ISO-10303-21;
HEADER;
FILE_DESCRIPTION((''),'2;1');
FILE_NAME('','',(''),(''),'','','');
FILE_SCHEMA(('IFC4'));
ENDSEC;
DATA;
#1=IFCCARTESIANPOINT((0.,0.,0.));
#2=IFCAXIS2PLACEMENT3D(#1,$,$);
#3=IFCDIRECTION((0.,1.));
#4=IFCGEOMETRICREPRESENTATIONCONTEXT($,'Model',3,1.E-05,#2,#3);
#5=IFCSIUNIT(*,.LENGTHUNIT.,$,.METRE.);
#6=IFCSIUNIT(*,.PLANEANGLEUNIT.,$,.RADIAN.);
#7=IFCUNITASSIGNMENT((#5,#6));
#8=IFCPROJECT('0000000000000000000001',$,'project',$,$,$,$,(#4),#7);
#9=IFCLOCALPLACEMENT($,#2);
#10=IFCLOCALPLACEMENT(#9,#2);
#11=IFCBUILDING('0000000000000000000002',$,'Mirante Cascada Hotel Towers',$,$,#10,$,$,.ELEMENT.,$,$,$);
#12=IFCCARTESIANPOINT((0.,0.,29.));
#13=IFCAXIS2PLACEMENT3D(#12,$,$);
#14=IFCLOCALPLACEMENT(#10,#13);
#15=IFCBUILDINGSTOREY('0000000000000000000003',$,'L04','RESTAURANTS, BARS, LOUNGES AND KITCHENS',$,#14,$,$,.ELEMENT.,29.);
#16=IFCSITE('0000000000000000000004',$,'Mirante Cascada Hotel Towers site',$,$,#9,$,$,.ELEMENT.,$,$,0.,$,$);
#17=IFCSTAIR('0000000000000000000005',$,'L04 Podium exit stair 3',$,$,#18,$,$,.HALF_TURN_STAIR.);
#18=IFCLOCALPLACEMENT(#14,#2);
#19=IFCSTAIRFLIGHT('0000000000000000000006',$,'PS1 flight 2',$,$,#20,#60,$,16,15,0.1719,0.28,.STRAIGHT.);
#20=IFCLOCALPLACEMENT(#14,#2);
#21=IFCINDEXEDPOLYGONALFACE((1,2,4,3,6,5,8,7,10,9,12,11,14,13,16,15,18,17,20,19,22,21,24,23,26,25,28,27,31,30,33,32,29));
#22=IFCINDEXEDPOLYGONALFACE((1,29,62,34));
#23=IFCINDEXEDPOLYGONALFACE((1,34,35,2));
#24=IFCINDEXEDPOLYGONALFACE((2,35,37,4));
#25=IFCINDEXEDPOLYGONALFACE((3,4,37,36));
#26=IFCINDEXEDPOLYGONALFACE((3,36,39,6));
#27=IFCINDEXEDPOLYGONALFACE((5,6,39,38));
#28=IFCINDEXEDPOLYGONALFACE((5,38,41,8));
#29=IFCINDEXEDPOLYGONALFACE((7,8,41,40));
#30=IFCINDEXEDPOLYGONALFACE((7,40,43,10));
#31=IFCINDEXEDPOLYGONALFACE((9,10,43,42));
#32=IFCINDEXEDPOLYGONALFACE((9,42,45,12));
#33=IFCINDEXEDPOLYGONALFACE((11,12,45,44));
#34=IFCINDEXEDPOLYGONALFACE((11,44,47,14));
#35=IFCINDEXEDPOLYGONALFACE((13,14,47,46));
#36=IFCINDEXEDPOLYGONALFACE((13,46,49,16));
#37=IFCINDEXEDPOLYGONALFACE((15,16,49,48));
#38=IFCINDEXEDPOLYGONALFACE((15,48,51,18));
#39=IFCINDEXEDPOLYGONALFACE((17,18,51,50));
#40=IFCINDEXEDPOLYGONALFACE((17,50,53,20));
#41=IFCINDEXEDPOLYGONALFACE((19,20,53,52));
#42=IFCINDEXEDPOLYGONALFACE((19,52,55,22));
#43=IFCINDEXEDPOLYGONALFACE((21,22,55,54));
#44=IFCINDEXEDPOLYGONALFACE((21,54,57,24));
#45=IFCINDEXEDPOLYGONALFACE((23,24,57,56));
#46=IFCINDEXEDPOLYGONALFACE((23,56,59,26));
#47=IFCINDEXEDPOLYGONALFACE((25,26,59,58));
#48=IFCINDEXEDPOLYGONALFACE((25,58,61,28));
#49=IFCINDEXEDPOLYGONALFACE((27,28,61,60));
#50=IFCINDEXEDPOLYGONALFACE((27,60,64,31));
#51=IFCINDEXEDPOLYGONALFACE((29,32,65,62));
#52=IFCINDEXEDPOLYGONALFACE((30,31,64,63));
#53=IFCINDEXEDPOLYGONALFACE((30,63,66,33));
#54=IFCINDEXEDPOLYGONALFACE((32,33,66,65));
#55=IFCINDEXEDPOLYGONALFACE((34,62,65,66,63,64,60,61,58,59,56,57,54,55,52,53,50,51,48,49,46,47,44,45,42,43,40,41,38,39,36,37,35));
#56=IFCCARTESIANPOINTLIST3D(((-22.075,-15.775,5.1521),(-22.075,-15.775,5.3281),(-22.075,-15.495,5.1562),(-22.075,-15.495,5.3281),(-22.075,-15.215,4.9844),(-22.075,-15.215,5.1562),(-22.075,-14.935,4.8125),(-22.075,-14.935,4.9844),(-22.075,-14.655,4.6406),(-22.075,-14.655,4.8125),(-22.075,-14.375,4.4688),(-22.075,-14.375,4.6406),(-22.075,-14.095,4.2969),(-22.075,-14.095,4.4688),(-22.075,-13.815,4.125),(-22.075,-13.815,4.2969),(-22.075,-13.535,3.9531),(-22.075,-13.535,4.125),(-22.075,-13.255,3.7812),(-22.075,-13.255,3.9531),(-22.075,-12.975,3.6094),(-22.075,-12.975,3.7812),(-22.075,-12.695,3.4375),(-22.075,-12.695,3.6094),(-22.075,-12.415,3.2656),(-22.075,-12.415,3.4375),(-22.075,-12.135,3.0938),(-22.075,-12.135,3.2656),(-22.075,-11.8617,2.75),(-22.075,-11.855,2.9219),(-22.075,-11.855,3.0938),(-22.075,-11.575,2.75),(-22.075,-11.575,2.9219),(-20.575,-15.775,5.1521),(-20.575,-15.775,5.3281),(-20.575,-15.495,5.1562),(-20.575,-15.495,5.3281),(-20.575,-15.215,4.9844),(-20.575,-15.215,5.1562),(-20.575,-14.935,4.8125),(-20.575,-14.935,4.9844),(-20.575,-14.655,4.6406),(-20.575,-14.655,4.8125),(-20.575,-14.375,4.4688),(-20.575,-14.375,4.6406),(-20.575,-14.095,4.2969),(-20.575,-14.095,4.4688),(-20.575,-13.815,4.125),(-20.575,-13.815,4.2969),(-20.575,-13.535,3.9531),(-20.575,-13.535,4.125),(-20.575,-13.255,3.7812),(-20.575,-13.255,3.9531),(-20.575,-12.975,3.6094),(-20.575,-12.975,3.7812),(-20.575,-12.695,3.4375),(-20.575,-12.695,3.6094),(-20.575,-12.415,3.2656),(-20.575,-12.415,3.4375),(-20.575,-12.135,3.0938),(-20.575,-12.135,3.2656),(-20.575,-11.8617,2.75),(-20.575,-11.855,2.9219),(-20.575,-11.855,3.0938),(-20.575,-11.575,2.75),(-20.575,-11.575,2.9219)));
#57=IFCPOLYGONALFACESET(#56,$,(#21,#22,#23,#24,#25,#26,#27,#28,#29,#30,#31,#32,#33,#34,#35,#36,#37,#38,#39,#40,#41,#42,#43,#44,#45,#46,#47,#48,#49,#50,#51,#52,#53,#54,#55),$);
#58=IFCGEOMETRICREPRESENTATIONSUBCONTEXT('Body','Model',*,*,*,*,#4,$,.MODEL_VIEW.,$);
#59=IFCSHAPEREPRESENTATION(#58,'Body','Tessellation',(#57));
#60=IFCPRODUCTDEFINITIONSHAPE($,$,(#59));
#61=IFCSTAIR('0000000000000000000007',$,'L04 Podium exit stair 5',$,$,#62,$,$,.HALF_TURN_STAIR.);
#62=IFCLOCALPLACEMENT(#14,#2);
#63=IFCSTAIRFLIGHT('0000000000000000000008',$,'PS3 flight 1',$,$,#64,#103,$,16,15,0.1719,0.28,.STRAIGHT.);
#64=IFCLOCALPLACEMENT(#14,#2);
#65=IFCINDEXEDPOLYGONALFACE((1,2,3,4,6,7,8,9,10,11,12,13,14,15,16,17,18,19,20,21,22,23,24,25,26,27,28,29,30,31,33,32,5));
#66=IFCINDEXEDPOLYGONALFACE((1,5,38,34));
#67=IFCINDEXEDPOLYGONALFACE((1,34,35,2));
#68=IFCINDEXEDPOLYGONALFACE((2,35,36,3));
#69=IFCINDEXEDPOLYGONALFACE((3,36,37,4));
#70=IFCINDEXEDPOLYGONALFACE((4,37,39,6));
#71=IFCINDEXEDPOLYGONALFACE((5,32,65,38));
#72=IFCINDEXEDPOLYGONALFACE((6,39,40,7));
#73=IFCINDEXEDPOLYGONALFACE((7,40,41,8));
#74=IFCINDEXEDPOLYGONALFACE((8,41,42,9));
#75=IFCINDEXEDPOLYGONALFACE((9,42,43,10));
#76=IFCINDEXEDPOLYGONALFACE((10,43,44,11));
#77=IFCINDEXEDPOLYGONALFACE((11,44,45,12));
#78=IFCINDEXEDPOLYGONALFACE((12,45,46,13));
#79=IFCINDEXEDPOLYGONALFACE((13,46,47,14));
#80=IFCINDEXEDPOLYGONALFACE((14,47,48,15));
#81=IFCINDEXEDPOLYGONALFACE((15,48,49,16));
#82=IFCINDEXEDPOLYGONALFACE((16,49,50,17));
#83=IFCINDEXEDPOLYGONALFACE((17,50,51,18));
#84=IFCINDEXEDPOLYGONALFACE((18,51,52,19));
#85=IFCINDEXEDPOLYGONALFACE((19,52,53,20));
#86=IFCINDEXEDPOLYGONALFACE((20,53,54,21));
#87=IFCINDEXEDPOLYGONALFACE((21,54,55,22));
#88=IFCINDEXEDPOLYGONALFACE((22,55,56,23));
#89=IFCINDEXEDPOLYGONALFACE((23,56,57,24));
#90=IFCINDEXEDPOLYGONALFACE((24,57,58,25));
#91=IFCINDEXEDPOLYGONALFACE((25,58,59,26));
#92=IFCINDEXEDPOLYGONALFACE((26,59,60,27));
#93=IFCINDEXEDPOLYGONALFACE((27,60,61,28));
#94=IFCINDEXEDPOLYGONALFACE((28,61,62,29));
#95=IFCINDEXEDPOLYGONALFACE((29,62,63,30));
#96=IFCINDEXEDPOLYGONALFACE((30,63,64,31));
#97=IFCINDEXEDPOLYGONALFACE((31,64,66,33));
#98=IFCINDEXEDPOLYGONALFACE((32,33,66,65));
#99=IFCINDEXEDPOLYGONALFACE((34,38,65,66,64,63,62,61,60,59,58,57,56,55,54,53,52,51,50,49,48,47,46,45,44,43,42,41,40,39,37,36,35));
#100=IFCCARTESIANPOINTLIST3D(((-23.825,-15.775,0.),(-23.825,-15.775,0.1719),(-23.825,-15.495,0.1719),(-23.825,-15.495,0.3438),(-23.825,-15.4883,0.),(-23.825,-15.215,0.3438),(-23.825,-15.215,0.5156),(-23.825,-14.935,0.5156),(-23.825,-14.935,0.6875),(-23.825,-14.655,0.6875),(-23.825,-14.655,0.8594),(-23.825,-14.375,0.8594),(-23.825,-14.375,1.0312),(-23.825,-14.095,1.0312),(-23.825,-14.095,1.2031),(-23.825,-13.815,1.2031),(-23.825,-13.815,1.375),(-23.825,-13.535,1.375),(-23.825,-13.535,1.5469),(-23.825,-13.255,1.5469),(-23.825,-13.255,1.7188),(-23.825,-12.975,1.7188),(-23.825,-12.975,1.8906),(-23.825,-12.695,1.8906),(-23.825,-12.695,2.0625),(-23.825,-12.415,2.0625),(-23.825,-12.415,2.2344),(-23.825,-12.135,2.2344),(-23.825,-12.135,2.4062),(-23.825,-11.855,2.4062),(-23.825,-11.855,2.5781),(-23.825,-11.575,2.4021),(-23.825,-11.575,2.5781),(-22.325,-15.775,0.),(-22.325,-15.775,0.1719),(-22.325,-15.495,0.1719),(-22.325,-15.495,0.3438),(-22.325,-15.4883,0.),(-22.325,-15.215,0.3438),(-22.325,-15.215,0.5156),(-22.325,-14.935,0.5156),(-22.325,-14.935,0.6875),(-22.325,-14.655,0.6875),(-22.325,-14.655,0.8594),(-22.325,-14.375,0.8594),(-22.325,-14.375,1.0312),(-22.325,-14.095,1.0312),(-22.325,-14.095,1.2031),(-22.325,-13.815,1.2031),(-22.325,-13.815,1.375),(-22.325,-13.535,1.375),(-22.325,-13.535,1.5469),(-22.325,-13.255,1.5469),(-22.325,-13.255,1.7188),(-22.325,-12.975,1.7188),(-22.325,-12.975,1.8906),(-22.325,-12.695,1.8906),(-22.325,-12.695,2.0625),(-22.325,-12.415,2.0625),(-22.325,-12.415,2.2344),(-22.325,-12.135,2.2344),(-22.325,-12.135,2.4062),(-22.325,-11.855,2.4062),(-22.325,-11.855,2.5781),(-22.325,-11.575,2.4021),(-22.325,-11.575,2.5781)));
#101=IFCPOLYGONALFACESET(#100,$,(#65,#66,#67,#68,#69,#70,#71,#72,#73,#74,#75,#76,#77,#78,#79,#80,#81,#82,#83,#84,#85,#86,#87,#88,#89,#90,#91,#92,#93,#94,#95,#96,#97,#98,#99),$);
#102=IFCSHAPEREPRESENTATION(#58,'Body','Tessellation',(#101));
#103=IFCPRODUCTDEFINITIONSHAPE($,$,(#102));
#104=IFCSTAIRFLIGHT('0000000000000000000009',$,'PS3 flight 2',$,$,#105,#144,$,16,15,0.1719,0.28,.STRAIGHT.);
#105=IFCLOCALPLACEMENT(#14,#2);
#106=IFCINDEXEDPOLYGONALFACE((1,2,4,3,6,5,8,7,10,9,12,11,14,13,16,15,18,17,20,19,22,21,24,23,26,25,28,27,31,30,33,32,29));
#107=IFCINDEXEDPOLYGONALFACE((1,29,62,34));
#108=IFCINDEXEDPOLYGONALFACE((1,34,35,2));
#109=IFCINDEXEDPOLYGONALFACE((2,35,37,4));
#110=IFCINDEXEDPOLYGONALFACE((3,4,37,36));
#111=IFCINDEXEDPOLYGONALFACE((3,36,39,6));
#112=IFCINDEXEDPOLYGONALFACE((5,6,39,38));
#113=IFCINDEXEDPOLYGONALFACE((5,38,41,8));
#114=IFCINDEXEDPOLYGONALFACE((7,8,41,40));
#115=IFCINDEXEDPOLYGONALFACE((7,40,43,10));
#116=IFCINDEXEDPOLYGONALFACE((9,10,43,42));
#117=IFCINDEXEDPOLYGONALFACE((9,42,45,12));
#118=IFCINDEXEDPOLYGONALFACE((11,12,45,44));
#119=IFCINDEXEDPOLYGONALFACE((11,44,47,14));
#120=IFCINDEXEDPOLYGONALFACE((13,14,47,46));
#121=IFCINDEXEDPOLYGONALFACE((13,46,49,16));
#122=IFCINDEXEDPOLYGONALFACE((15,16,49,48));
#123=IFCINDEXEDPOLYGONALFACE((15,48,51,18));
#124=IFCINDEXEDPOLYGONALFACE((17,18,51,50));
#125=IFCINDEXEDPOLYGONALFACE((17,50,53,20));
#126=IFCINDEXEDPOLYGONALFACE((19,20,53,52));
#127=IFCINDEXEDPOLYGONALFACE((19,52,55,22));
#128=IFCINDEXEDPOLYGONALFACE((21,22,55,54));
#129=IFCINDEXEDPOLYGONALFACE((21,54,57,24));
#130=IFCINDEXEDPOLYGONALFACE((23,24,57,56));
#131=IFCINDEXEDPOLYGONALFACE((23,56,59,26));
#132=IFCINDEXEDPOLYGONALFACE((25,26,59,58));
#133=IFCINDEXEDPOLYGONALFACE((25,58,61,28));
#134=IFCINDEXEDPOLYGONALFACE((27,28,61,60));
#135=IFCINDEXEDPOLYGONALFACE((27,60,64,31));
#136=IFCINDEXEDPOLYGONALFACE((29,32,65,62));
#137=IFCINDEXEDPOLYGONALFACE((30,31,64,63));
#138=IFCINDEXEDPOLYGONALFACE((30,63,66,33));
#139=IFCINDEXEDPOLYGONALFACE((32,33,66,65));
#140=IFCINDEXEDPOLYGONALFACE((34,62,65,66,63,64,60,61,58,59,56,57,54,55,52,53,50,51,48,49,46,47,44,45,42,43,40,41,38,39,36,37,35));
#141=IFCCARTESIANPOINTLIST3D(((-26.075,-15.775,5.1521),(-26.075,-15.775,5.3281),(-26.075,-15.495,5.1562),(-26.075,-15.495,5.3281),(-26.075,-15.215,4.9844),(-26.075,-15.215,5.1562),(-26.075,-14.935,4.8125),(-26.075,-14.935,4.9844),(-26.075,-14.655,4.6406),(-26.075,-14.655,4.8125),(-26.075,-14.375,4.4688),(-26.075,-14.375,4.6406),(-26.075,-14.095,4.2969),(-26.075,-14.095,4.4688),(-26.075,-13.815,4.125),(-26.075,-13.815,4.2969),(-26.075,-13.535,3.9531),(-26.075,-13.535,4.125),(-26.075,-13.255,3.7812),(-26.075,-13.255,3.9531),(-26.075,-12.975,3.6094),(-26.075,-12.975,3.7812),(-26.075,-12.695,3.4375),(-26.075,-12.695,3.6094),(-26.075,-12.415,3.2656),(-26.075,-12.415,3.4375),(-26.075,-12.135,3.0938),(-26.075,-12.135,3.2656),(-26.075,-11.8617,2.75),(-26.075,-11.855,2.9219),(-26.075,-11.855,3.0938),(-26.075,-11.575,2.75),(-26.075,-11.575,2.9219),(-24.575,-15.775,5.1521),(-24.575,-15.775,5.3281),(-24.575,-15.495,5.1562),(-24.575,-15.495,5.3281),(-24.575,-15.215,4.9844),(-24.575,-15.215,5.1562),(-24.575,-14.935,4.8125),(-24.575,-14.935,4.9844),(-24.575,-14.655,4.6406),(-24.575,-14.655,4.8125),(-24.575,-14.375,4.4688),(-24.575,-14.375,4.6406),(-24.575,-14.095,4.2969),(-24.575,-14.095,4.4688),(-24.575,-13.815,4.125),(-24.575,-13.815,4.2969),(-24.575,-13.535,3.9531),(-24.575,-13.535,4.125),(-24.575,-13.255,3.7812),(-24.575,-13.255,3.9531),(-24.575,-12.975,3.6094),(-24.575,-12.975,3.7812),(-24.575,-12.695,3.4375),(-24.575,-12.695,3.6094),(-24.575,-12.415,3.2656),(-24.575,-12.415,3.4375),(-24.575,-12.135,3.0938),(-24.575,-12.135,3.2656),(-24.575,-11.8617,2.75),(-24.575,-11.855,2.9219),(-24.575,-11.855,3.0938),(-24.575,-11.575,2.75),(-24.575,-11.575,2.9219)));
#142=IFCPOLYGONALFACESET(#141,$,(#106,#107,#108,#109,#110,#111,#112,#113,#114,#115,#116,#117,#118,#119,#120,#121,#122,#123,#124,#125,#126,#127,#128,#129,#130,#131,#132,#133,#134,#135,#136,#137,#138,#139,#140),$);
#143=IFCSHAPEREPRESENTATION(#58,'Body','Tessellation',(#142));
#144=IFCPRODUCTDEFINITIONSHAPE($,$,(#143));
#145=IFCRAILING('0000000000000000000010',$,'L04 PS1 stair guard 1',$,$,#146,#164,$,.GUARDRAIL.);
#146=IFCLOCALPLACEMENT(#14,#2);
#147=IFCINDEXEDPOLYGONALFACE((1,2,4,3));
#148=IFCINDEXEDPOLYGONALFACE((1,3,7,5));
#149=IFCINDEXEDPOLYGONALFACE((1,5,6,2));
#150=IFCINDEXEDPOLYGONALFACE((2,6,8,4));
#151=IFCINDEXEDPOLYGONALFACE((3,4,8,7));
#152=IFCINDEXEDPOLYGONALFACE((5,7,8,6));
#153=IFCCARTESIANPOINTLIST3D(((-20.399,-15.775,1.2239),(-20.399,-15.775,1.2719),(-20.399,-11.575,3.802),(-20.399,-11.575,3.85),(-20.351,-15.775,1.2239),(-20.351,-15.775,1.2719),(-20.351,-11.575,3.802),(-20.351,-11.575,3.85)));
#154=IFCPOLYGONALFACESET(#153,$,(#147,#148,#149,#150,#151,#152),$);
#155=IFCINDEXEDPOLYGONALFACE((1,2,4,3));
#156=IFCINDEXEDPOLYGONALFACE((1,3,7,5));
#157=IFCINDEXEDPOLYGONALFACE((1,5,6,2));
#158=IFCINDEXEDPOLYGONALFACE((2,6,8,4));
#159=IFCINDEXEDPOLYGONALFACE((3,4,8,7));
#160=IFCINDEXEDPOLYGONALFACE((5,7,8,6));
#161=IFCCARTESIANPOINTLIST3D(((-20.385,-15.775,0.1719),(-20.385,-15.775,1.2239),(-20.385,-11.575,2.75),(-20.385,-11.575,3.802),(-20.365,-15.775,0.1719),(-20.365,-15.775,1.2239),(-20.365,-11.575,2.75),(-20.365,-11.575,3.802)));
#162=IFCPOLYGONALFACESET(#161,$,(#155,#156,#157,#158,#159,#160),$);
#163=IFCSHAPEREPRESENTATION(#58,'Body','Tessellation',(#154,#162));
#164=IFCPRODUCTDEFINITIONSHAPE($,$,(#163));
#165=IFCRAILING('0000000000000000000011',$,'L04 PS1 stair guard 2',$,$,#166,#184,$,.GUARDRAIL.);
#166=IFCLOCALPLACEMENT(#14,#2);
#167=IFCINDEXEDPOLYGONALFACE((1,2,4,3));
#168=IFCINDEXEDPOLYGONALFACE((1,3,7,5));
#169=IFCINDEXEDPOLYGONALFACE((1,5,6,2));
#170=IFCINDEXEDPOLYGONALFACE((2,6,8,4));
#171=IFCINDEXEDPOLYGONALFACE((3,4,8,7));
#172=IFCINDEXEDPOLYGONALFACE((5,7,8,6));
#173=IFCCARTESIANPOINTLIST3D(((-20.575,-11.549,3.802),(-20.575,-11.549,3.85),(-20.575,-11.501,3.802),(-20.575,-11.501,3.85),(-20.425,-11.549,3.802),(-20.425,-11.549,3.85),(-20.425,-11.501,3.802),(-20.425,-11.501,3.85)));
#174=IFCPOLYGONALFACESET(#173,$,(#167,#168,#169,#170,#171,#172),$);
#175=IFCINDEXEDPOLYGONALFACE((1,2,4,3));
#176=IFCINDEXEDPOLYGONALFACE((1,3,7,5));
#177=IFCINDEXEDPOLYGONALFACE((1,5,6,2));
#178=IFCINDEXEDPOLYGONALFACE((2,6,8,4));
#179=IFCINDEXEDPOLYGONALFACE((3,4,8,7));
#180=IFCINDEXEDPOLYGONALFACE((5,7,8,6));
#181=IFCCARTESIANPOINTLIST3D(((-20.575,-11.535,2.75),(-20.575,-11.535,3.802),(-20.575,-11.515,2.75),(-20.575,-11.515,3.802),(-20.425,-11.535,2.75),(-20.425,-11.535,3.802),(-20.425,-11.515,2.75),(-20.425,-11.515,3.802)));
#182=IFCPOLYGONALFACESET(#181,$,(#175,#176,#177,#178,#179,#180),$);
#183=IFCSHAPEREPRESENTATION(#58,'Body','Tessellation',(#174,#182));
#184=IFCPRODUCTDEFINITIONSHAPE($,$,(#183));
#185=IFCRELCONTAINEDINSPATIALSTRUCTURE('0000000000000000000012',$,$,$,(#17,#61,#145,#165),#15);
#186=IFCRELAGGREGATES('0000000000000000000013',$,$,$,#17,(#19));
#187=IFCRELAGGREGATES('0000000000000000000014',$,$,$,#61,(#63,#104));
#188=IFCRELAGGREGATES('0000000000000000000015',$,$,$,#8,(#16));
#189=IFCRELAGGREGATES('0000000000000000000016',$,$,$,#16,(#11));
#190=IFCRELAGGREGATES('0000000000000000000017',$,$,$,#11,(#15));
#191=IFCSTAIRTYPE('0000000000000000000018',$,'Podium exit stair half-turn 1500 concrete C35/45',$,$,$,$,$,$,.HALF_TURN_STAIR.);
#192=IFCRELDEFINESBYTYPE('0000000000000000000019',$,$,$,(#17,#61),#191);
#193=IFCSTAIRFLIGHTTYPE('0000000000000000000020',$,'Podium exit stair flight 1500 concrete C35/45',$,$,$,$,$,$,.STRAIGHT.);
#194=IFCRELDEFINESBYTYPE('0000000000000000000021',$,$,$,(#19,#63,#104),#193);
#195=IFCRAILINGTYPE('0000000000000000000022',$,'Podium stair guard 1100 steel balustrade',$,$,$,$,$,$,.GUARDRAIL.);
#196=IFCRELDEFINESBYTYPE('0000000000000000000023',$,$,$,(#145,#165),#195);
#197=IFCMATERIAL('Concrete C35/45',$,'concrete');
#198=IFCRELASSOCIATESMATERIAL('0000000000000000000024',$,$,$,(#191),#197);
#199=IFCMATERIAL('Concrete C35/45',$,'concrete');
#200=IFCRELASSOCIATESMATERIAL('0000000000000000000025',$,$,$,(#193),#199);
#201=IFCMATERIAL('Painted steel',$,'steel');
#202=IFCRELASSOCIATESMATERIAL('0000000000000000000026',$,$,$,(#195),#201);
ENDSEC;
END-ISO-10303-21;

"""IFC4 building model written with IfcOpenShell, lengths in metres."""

from ifc_helpers import new_model, si_unit, direction, frame, origin, origin_2d, place, context, subcontext, project, spatial, polyline, rectangle, outline, extrude, material, type_object, element, aggregate, save


model = new_model("IFC4")

# Units and contexts
model_context = context("Model", 3, precision=1e-05, world=origin(), true_north=direction((0.0, 1.0)))
body_context = subcontext(model_context, "Body", "Model", "MODEL_VIEW")
ifc_project = project(units=[si_unit("LENGTHUNIT", "METRE"), si_unit("PLANEANGLEUNIT", "RADIAN")], contexts=[model_context])

# Site, building, storey
site_placement = place(None, origin())
site = spatial("IfcSite", under=ifc_project, at=site_placement, Name="Mirante Cascada Hotel Towers site", CompositionType="ELEMENT", RefElevation=0.0)
building_placement = place(site_placement, origin())
building = spatial("IfcBuilding", under=site, at=building_placement, Name="Mirante Cascada Hotel Towers", CompositionType="ELEMENT")
storey_placement = place(building_placement, frame((0.0, 0.0, 29.0)))
storey = spatial("IfcBuildingStorey", under=building, at=storey_placement, Name="L04", Description="RESTAURANTS, BARS, LOUNGES AND KITCHENS", CompositionType="ELEMENT", Elevation=29.0)

# Stairs, stair flights
ifc_material_1 = material(Name="Concrete C35/45", Category="concrete")
stair_type = type_object("IfcStairType", Name="Podium exit stair half-turn 1500 concrete C35/45", PredefinedType="HALF_TURN_STAIR", material=ifc_material_1)
stair_1_placement = place(storey_placement, origin())
stair_1 = element("IfcStair", 1, at=stair_1_placement, inside=storey, type_object=stair_type, Name="L04 Podium exit stair 3", PredefinedType="HALF_TURN_STAIR")
ifc_material_2 = material(Name="Concrete C35/45", Category="concrete")
stair_flight_type = type_object("IfcStairFlightType", Name="Podium exit stair flight 1500 concrete C35/45", PredefinedType="STRAIGHT", material=ifc_material_2)
stair_flight_1_placement = place(storey_placement, frame((-21.325, -11.575, 2.75), z_axis=(0.0, 0.0, 1.0), x_axis=(0.0, -1.0, 0.0)))
stair_flight_1 = element("IfcStairFlight", 2, at=stair_flight_1_placement, type_object=stair_flight_type, Name="PS1 flight 2", NumberOfRisers=16, NumberOfTreads=15, PredefinedType="STRAIGHT", RiserHeight=0.1719, TreadLength=0.28, context=body_context, shape_type="SweptSolid", body=[
    extrude(outline(polyline([(0.0, 0.0), (0.0, 0.1719), (0.28, 0.1719), (0.28, 0.3438), (0.56, 0.3438), (0.56, 0.5156), (0.84, 0.5156), (0.84, 0.6875), (1.12, 0.6875), (1.12, 0.8594), (1.4, 0.8594), (1.4, 1.0312), (1.68, 1.0312), (1.68, 1.2031), (1.96, 1.2031), (1.96, 1.375), (2.24, 1.375), (2.24, 1.5469), (2.52, 1.5469), (2.52, 1.7188), (2.8, 1.7188), (2.8, 1.8906), (3.08, 1.8906), (3.08, 2.0625), (3.36, 2.0625), (3.36, 2.2344), (3.64, 2.2344), (3.64, 2.4062), (3.92, 2.4062), (3.92, 2.5781), (4.2, 2.5781), (4.2, 2.75), (4.2, 2.4021), (0.2867, 0.0), (0.0, 0.0)])), frame((0.0, 0.75, 0.0), z_axis=(0.0, -1.0, 0.0), x_axis=(1.0, 0.0, 0.0)), (0.0, 0.0, 1.0), 1.5),
])
aggregate(stair_1, [stair_flight_1])
stair_2_placement = place(storey_placement, origin())
stair_2 = element("IfcStair", 3, at=stair_2_placement, inside=storey, type_object=stair_type, Name="L04 Podium exit stair 5", PredefinedType="HALF_TURN_STAIR")
stair_flight_2_placement = place(storey_placement, frame((-23.075, -15.775, 0.0), z_axis=(0.0, 0.0, 1.0), x_axis=(0.0, 1.0, 0.0)))
stair_flight_2 = element("IfcStairFlight", 4, at=stair_flight_2_placement, type_object=stair_flight_type, Name="PS3 flight 1", NumberOfRisers=16, NumberOfTreads=15, PredefinedType="STRAIGHT", RiserHeight=0.1719, TreadLength=0.28, context=body_context, shape_type="SweptSolid", body=[
    extrude(outline(polyline([(0.0, 0.0), (0.0, 0.1719), (0.28, 0.1719), (0.28, 0.3438), (0.56, 0.3438), (0.56, 0.5156), (0.84, 0.5156), (0.84, 0.6875), (1.12, 0.6875), (1.12, 0.8594), (1.4, 0.8594), (1.4, 1.0312), (1.68, 1.0312), (1.68, 1.2031), (1.96, 1.2031), (1.96, 1.375), (2.24, 1.375), (2.24, 1.5469), (2.52, 1.5469), (2.52, 1.7188), (2.8, 1.7188), (2.8, 1.8906), (3.08, 1.8906), (3.08, 2.0625), (3.36, 2.0625), (3.36, 2.2344), (3.64, 2.2344), (3.64, 2.4062), (3.92, 2.4062), (3.92, 2.5781), (4.2, 2.5781), (4.2, 2.75), (4.2, 2.4021), (0.2867, 0.0), (0.0, 0.0)])), frame((0.0, 0.75, 0.0), z_axis=(0.0, -1.0, 0.0), x_axis=(1.0, 0.0, 0.0)), (0.0, 0.0, 1.0), 1.5),
])
stair_flight_3_placement = place(storey_placement, frame((-25.325, -11.575, 2.75), z_axis=(0.0, 0.0, 1.0), x_axis=(0.0, -1.0, 0.0)))
stair_flight_3 = element("IfcStairFlight", 5, at=stair_flight_3_placement, type_object=stair_flight_type, Name="PS3 flight 2", NumberOfRisers=16, NumberOfTreads=15, PredefinedType="STRAIGHT", RiserHeight=0.1719, TreadLength=0.28, context=body_context, shape_type="SweptSolid", body=[
    extrude(outline(polyline([(0.0, 0.0), (0.0, 0.1719), (0.28, 0.1719), (0.28, 0.3438), (0.56, 0.3438), (0.56, 0.5156), (0.84, 0.5156), (0.84, 0.6875), (1.12, 0.6875), (1.12, 0.8594), (1.4, 0.8594), (1.4, 1.0312), (1.68, 1.0312), (1.68, 1.2031), (1.96, 1.2031), (1.96, 1.375), (2.24, 1.375), (2.24, 1.5469), (2.52, 1.5469), (2.52, 1.7188), (2.8, 1.7188), (2.8, 1.8906), (3.08, 1.8906), (3.08, 2.0625), (3.36, 2.0625), (3.36, 2.2344), (3.64, 2.2344), (3.64, 2.4062), (3.92, 2.4062), (3.92, 2.5781), (4.2, 2.5781), (4.2, 2.75), (4.2, 2.4021), (0.2867, 0.0), (0.0, 0.0)])), frame((0.0, 0.75, 0.0), z_axis=(0.0, -1.0, 0.0), x_axis=(1.0, 0.0, 0.0)), (0.0, 0.0, 1.0), 1.5),
])
aggregate(stair_2, [stair_flight_2, stair_flight_3])

# Railings
ifc_material_3 = material(Name="Painted steel", Category="steel")
railing_type_1 = type_object("IfcRailingType", Name="Podium stair guard 1100 steel balustrade", PredefinedType="GUARDRAIL", material=ifc_material_3)
railing_1_placement = place(storey_placement, frame((-20.375, -15.775, 0.1719)))
element("IfcRailing", 6, at=railing_1_placement, inside=storey, type_object=railing_type_1, Name="L04 PS1 stair guard 1", PredefinedType="GUARDRAIL", context=body_context, shape_type="SweptSolid", body=[
    extrude(rectangle(XDim=0.048, YDim=0.048, at=origin_2d()), frame((0.0, 0.0, 1.076), z_axis=(0.0, 1.0, 0.0), x_axis=(-1.0, 0.0, 0.0)), (0.0, 0.523138, 0.852248), 4.9281),
    extrude(rectangle(XDim=0.02, YDim=1.052, at=origin_2d()), frame((0.0, 0.0, 0.526), z_axis=(0.0, 1.0, 0.0), x_axis=(-1.0, 0.0, 0.0)), (0.0, 0.523138, 0.852248), 4.9281),
])
railing_2_placement = place(storey_placement, frame((-20.425, -11.525, 2.75)))
element("IfcRailing", 7, at=railing_2_placement, inside=storey, type_object=railing_type_1, Name="L04 PS1 stair guard 2", PredefinedType="GUARDRAIL", context=body_context, shape_type="SweptSolid", body=[
    extrude(rectangle(XDim=0.048, YDim=0.048, at=origin_2d()), frame((0.0, 0.0, 1.076), z_axis=(-1.0, 0.0, 0.0), x_axis=(0.0, -1.0, 0.0)), (0.0, 0.0, 1.0), 0.15),
    extrude(rectangle(XDim=0.02, YDim=1.052, at=origin_2d()), frame((0.0, 0.0, 0.526), z_axis=(-1.0, 0.0, 0.0), x_axis=(0.0, -1.0, 0.0)), (0.0, 0.0, 1.0), 0.15),
])

save(model, "model.ifc")
